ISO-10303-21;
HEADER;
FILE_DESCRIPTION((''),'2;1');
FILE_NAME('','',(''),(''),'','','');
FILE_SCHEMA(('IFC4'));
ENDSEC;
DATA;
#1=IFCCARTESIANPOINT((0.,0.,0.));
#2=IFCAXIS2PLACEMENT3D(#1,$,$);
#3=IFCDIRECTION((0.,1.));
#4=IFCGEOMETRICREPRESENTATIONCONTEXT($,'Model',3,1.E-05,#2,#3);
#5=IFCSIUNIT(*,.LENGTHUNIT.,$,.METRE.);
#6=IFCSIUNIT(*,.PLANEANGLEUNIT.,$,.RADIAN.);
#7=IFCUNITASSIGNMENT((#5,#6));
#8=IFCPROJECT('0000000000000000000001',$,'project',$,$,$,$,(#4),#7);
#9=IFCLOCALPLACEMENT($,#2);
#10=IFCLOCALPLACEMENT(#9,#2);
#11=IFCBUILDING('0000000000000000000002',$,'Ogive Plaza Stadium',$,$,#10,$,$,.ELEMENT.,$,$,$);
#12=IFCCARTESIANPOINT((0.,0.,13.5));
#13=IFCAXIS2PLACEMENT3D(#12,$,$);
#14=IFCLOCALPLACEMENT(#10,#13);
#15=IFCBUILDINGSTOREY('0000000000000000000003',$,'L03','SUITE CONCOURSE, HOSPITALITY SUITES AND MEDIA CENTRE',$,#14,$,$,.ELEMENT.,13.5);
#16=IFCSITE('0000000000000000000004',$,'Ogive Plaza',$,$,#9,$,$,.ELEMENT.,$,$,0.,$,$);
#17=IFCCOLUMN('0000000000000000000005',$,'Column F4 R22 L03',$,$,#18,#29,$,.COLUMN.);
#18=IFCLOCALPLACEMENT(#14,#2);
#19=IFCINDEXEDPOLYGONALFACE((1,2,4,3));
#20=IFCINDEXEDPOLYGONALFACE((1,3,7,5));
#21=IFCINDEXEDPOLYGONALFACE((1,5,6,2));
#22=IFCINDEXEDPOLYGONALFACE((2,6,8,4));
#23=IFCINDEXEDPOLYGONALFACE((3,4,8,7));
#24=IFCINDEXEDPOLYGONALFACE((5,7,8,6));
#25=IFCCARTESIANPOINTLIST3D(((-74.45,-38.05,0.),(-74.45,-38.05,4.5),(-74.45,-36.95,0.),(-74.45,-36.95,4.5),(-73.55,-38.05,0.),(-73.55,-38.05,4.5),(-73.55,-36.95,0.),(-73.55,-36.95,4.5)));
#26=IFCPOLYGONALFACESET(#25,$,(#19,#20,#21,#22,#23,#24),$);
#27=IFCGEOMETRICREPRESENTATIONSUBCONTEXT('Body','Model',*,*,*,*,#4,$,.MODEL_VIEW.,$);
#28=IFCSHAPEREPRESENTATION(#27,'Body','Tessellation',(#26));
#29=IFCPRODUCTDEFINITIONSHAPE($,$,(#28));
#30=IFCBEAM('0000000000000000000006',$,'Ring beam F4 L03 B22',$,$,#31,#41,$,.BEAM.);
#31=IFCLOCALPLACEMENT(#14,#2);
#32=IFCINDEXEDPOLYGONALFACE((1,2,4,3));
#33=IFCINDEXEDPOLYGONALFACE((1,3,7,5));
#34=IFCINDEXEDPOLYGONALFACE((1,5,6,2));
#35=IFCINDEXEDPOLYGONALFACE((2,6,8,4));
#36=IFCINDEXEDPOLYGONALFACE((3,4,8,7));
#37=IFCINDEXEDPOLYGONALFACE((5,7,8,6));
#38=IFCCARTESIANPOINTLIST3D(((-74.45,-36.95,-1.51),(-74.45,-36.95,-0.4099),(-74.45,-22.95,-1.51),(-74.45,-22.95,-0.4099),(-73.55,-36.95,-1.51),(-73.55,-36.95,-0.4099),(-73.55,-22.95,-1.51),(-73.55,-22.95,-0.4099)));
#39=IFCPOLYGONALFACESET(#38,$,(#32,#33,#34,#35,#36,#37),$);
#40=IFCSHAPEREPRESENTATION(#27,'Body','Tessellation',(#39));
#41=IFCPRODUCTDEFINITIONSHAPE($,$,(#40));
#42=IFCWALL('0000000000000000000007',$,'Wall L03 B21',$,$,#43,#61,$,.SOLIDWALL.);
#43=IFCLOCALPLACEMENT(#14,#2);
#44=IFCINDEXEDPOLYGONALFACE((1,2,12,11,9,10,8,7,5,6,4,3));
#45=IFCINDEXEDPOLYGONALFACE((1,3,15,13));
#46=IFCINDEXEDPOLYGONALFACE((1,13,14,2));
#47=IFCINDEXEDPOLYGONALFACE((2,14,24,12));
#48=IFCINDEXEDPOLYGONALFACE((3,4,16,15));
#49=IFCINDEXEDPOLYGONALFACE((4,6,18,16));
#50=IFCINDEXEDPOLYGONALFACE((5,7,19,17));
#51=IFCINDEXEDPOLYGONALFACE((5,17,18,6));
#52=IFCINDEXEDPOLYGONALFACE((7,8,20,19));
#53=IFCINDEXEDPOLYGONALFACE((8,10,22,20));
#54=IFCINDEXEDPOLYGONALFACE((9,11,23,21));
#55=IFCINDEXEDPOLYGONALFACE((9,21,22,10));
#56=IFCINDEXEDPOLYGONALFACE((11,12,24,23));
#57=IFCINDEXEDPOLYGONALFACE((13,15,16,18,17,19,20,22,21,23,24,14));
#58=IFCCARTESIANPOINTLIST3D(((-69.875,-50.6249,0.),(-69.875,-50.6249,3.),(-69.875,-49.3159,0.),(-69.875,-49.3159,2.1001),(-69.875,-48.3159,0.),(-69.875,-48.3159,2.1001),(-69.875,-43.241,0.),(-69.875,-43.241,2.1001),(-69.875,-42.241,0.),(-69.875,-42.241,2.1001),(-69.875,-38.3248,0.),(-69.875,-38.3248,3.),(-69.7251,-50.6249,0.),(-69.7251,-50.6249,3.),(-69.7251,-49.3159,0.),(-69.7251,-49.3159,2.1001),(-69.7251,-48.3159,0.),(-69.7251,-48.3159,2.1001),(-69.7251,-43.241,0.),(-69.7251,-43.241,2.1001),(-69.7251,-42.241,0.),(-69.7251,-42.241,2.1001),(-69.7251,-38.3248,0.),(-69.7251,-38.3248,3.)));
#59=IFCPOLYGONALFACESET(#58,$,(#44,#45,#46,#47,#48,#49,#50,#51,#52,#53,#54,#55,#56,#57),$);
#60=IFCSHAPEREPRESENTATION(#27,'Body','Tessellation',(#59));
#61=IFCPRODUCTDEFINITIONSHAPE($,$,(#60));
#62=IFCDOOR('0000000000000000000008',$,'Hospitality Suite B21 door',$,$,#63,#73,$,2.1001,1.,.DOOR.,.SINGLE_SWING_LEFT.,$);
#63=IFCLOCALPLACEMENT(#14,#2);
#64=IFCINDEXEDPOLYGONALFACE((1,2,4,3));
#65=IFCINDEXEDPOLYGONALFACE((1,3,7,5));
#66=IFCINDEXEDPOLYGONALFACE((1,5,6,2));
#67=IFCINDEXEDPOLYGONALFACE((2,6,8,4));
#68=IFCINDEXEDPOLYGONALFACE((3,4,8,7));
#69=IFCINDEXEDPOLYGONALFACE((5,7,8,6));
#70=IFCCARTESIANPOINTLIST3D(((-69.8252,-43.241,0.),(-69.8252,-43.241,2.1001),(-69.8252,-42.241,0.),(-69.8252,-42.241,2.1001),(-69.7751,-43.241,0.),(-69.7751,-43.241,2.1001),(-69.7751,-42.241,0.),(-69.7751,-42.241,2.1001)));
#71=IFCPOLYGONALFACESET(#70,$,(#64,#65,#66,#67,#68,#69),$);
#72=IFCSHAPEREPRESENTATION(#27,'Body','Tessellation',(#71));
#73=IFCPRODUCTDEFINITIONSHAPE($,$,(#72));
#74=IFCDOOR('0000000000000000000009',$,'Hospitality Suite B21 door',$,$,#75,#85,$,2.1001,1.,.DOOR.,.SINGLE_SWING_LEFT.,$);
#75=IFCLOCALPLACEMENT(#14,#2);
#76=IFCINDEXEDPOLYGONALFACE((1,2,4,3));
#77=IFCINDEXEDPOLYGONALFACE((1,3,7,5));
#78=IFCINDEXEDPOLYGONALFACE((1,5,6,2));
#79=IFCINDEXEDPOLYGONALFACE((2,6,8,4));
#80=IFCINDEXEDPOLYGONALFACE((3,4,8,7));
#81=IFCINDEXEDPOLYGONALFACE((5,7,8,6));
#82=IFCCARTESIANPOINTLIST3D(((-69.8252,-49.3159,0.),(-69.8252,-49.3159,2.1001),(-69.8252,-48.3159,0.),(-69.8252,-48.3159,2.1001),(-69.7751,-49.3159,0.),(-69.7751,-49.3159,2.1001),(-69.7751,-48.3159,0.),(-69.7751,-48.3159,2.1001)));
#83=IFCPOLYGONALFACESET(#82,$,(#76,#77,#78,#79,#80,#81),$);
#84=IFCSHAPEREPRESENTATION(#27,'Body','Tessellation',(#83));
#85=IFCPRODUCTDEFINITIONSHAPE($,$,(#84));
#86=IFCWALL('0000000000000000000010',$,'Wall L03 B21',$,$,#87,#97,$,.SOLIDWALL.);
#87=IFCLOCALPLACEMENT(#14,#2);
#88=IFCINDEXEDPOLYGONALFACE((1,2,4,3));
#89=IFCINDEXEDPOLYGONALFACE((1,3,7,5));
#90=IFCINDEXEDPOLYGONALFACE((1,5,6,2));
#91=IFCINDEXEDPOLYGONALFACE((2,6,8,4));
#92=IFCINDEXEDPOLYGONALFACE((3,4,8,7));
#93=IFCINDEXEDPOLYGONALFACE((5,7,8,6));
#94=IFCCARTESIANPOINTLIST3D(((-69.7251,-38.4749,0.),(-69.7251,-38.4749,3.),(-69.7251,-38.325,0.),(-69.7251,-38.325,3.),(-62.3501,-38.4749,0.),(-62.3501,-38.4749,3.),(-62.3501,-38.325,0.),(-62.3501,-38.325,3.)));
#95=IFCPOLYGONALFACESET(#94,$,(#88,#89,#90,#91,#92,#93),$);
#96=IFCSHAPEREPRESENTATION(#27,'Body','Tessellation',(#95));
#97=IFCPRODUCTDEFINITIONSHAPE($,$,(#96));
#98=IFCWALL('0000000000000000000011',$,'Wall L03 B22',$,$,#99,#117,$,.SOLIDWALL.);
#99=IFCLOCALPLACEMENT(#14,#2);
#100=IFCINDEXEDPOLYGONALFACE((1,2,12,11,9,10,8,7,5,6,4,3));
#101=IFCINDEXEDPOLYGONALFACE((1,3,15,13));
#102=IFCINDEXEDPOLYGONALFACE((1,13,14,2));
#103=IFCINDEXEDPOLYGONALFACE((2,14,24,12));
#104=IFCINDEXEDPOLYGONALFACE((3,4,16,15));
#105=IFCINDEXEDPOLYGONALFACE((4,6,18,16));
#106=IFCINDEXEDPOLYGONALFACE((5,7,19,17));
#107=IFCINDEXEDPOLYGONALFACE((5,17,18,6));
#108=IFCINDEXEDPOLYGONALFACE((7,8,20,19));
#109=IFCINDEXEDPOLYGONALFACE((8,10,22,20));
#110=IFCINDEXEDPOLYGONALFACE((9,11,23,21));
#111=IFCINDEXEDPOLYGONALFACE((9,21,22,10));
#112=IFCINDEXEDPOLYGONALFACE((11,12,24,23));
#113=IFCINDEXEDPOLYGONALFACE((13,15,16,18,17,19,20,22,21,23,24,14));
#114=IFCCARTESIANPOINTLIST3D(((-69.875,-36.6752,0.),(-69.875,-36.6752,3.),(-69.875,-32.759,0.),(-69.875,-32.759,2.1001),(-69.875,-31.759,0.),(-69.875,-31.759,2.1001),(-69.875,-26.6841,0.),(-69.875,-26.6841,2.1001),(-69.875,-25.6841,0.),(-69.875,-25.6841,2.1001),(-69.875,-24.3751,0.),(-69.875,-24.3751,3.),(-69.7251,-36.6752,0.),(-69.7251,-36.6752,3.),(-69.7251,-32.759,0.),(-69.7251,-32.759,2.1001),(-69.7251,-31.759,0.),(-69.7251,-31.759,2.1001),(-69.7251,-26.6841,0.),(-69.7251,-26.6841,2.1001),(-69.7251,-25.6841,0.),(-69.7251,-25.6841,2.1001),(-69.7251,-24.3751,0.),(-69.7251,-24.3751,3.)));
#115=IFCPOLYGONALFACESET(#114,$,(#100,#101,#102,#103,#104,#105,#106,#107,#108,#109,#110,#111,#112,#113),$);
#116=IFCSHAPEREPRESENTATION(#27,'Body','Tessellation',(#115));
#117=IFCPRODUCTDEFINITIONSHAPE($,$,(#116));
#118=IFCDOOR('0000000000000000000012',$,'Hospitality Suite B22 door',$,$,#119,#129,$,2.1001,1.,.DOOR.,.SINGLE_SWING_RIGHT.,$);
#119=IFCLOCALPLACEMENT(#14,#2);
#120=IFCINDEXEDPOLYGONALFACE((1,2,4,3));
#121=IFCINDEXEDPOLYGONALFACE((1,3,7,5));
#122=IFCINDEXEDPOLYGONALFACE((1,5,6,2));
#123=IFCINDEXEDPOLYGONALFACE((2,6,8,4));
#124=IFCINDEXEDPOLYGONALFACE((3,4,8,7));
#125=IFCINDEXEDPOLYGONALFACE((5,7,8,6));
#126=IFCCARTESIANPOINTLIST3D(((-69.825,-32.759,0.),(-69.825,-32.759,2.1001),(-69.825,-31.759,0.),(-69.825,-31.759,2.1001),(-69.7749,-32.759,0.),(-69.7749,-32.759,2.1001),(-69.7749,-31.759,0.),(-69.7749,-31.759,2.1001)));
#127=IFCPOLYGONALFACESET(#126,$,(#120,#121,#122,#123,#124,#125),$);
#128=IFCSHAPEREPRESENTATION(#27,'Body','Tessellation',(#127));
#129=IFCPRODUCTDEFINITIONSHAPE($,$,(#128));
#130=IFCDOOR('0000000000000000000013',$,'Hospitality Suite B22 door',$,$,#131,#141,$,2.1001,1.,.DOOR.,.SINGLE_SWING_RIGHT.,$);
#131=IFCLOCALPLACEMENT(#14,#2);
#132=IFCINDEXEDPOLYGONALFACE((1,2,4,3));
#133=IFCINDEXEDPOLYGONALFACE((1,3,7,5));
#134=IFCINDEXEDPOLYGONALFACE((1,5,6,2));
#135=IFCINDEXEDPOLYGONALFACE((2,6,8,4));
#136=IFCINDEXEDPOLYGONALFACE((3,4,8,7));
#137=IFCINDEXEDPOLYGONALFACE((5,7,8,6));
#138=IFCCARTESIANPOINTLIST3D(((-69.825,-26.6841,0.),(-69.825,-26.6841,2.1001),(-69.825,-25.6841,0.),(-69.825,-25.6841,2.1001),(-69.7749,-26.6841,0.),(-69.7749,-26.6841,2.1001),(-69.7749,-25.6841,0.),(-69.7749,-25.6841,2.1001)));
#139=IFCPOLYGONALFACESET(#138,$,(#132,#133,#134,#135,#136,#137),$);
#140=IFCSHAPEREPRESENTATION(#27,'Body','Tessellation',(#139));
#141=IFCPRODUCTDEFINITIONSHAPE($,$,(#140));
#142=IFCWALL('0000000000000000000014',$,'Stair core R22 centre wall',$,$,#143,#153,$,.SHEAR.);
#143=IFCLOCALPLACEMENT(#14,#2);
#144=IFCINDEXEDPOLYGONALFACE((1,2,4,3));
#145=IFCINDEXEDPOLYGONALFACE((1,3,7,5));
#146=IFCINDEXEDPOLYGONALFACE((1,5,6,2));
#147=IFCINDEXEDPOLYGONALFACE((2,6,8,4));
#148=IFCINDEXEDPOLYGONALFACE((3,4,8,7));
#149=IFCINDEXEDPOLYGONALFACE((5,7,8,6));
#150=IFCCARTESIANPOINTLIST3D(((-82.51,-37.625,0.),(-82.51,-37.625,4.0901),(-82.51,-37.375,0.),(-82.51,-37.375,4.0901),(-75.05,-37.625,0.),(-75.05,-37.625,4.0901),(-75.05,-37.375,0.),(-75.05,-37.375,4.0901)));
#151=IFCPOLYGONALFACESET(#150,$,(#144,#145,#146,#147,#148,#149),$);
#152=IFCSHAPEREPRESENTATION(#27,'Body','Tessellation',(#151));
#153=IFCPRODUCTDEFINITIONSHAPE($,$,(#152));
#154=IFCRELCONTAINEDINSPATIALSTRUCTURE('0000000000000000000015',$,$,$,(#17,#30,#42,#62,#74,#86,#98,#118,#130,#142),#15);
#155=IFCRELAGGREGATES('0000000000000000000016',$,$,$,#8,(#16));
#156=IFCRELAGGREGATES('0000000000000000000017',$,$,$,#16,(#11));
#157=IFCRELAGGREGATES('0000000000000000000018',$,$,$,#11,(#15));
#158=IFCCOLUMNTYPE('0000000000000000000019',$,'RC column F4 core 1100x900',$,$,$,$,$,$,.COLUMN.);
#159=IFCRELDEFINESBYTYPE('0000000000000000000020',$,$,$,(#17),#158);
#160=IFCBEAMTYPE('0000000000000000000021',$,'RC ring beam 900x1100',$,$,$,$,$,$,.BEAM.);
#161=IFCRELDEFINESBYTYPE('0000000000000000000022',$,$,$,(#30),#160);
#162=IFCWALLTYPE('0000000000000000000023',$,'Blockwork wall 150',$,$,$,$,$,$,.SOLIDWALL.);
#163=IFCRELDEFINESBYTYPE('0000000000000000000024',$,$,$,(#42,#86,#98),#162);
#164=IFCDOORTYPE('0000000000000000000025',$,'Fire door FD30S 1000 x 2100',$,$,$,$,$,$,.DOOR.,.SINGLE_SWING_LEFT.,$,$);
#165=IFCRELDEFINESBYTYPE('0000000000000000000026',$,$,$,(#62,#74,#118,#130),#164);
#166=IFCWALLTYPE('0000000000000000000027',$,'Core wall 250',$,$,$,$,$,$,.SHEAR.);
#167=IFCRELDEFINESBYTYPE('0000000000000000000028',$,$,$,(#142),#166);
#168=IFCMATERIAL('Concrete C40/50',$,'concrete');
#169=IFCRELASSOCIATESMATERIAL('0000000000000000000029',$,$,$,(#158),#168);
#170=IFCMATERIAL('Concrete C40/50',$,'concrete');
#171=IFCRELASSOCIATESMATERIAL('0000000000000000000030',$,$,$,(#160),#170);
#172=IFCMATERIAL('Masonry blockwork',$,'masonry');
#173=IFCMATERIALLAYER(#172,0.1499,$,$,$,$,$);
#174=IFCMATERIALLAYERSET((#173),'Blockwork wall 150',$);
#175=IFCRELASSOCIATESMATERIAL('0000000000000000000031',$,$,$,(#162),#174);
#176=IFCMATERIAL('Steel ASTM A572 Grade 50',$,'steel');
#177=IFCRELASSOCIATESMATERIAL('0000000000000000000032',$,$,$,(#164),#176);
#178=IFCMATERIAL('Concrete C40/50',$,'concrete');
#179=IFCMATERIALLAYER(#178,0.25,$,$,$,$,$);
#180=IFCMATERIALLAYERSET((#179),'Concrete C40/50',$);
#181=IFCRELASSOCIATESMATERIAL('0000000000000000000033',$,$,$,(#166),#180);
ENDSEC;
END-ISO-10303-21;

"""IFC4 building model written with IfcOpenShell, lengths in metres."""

from ifc_helpers import new_model, si_unit, direction, frame, frame_2d, origin, origin_2d, place, context, subcontext, project, spatial, rectangle, extrude, material, layer, layer_set, material_profile, profile_set, type_object, element, fill, save


model = new_model("IFC4")

# Units and contexts
model_context = context("Model", 3, precision=1e-05, world=origin(), true_north=direction((0.0, 1.0)))
body_context = subcontext(model_context, "Body", "Model", "MODEL_VIEW")
ifc_project = project(units=[si_unit("LENGTHUNIT", "METRE"), si_unit("PLANEANGLEUNIT", "RADIAN")], contexts=[model_context])

# Site, building, storey
site_placement = place(None, origin())
site = spatial("IfcSite", under=ifc_project, at=site_placement, Name="Ogive Plaza", CompositionType="ELEMENT", RefElevation=0.0)
building_placement = place(site_placement, origin())
building = spatial("IfcBuilding", under=site, at=building_placement, Name="Ogive Plaza Stadium", CompositionType="ELEMENT")
storey_placement = place(building_placement, frame((0.0, 0.0, 13.5)))
storey = spatial("IfcBuildingStorey", under=building, at=storey_placement, Name="L03", Description="SUITE CONCOURSE, HOSPITALITY SUITES AND MEDIA CENTRE", CompositionType="ELEMENT", Elevation=13.5)

# Column
ifc_material_1 = material(Name="Concrete C40/50", Category="concrete")
ifc_material_profile_1 = material_profile(ifc_material_1, rectangle(XDim=1.1001, YDim=0.8999, at=origin_2d()), Name="RC 1100x900")
ifc_profile_set_1 = profile_set([ifc_material_profile_1], Name="Concrete C40/50")
column_type = type_object("IfcColumnType", Name="RC column F4 core 1100x900", PredefinedType="COLUMN", material=ifc_profile_set_1)
column_placement = place(storey_placement, frame((-74.0, -37.5, 0.0), z_axis=(0.0, 0.0, 1.0), x_axis=(0.0, -1.0, 0.0)))
element("IfcColumn", 1, at=column_placement, inside=storey, type_object=column_type, Name="Column F4 R22 L03", PredefinedType="COLUMN", context=body_context, shape_type="SweptSolid", body=[
    extrude(rectangle(XDim=1.1001, YDim=0.8999, at=origin_2d()), origin(), (0.0, 0.0, 1.0), 4.5),
])

# Beam
ifc_material_2 = material(Name="Concrete C40/50", Category="concrete")
ifc_material_profile_2 = material_profile(ifc_material_2, rectangle(XDim=0.8999, YDim=1.1001, at=origin_2d()), Name="RC 900x1100")
ifc_profile_set_2 = profile_set([ifc_material_profile_2], Name="Concrete C40/50")
beam_type = type_object("IfcBeamType", Name="RC ring beam 900x1100", PredefinedType="BEAM", material=ifc_profile_set_2)
beam_placement = place(storey_placement, frame((-74.0, -36.95, -0.96), z_axis=(0.0, 1.0, 0.0), x_axis=(-1.0, 0.0, 0.0)))
element("IfcBeam", 2, at=beam_placement, inside=storey, type_object=beam_type, Name="Ring beam F4 L03 B22", PredefinedType="BEAM", context=body_context, shape_type="SweptSolid", body=[
    extrude(rectangle(XDim=0.8999, YDim=1.1001, at=origin_2d()), origin(), (0.0, 0.0, 1.0), 14.0),
])

# Wall, openings, doors
ifc_material_3 = material(Name="Masonry blockwork", Category="masonry")
ifc_layer_1 = layer(ifc_material_3, 0.1499)
ifc_layer_set_1 = layer_set([ifc_layer_1], Name="Blockwork wall 150")
wall_type_1 = type_object("IfcWallType", Name="Blockwork wall 150", PredefinedType="SOLIDWALL", material=ifc_layer_set_1)
wall_1_placement = place(storey_placement, frame((-69.8, -38.325, 0.0), z_axis=(0.0, 0.0, 1.0), x_axis=(0.0, -1.0, 0.0)))
wall_1 = element("IfcWall", 3, at=wall_1_placement, inside=storey, type_object=wall_type_1, Name="Wall L03 B21", PredefinedType="SOLIDWALL", context=body_context, shape_type="SweptSolid", body=[
    extrude(rectangle(XDim=12.3, YDim=0.1499, at=frame_2d((6.1499, 0.0))), origin(), (0.0, 0.0, 1.0), 3.0),
])
opening_1_placement = place(wall_1_placement, frame((3.916, 0.0, 0.0)))
opening_1 = element("IfcOpeningElement", 4, at=opening_1_placement, cuts=wall_1, PredefinedType="OPENING", context=body_context, shape_type="SweptSolid", body=[
    extrude(rectangle(XDim=1.0, YDim=2.1001, at=frame_2d((0.5, 1.05))), frame((0.0, 0.075, 0.0), z_axis=(0.0, -1.0, 0.0), x_axis=(1.0, 0.0, 0.0)), (0.0, 0.0, 1.0), 0.1499),
])
opening_2_placement = place(wall_1_placement, frame((9.991, 0.0, 0.0)))
opening_2 = element("IfcOpeningElement", 5, at=opening_2_placement, cuts=wall_1, PredefinedType="OPENING", context=body_context, shape_type="SweptSolid", body=[
    extrude(rectangle(XDim=1.0, YDim=2.1001, at=frame_2d((0.5, 1.05))), frame((0.0, 0.075, 0.0), z_axis=(0.0, -1.0, 0.0), x_axis=(1.0, 0.0, 0.0)), (0.0, 0.0, 1.0), 0.1499),
])
ifc_material_4 = material(Name="Steel ASTM A572 Grade 50", Category="steel")
door_type_1 = type_object("IfcDoorType", Name="Fire door FD30S 1000 x 2100", OperationType="SINGLE_SWING_LEFT", PredefinedType="DOOR", material=ifc_material_4)
door_1_placement = place(opening_1_placement, origin())
door_1 = element("IfcDoor", 6, at=door_1_placement, inside=storey, type_object=door_type_1, Name="Hospitality Suite B21 door", OperationType="SINGLE_SWING_LEFT", OverallHeight=2.1001, OverallWidth=1.0, PredefinedType="DOOR", context=body_context, shape_type="SweptSolid", body=[
    extrude(rectangle(XDim=1.0, YDim=2.1001, at=frame_2d((0.5, 1.05))), frame((0.0, 0.0249, 0.0), z_axis=(0.0, -1.0, 0.0), x_axis=(1.0, 0.0, 0.0)), (0.0, 0.0, 1.0), 0.05),
])
fill(opening_1, door_1)
door_2_placement = place(opening_2_placement, origin())
door_2 = element("IfcDoor", 7, at=door_2_placement, inside=storey, type_object=door_type_1, Name="Hospitality Suite B21 door", OperationType="SINGLE_SWING_LEFT", OverallHeight=2.1001, OverallWidth=1.0, PredefinedType="DOOR", context=body_context, shape_type="SweptSolid", body=[
    extrude(rectangle(XDim=1.0, YDim=2.1001, at=frame_2d((0.5, 1.05))), frame((0.0, 0.0249, 0.0), z_axis=(0.0, -1.0, 0.0), x_axis=(1.0, 0.0, 0.0)), (0.0, 0.0, 1.0), 0.05),
])
fill(opening_2, door_2)

# Wall
wall_2_placement = place(storey_placement, frame((-62.3501, -38.3999, 0.0), z_axis=(0.0, 0.0, 1.0), x_axis=(-1.0, 0.0, 0.0)))
element("IfcWall", 8, at=wall_2_placement, inside=storey, type_object=wall_type_1, Name="Wall L03 B21", PredefinedType="SOLIDWALL", context=body_context, shape_type="SweptSolid", body=[
    extrude(rectangle(XDim=7.375, YDim=0.1499, at=frame_2d((3.6875, 0.0))), origin(), (0.0, 0.0, 1.0), 3.0),
])

# Wall, openings, doors
wall_3_placement = place(storey_placement, frame((-69.8, -36.675, 0.0), z_axis=(0.0, 0.0, 1.0), x_axis=(0.0, 1.0, 0.0)))
wall_3 = element("IfcWall", 9, at=wall_3_placement, inside=storey, type_object=wall_type_1, Name="Wall L03 B22", PredefinedType="SOLIDWALL", context=body_context, shape_type="SweptSolid", body=[
    extrude(rectangle(XDim=12.3, YDim=0.1499, at=frame_2d((6.1499, 0.0))), origin(), (0.0, 0.0, 1.0), 3.0),
])
opening_3_placement = place(wall_3_placement, frame((3.916, 0.0, 0.0)))
opening_3 = element("IfcOpeningElement", 10, at=opening_3_placement, cuts=wall_3, PredefinedType="OPENING", context=body_context, shape_type="SweptSolid", body=[
    extrude(rectangle(XDim=1.0, YDim=2.1001, at=frame_2d((0.5, 1.05))), frame((0.0, 0.075, 0.0), z_axis=(0.0, -1.0, 0.0), x_axis=(1.0, 0.0, 0.0)), (0.0, 0.0, 1.0), 0.1499),
])
opening_4_placement = place(wall_3_placement, frame((9.991, 0.0, 0.0)))
opening_4 = element("IfcOpeningElement", 11, at=opening_4_placement, cuts=wall_3, PredefinedType="OPENING", context=body_context, shape_type="SweptSolid", body=[
    extrude(rectangle(XDim=1.0, YDim=2.1001, at=frame_2d((0.5, 1.05))), frame((0.0, 0.075, 0.0), z_axis=(0.0, -1.0, 0.0), x_axis=(1.0, 0.0, 0.0)), (0.0, 0.0, 1.0), 0.1499),
])
door_3_placement = place(opening_3_placement, origin())
door_3 = element("IfcDoor", 12, at=door_3_placement, inside=storey, type_object=door_type_1, Name="Hospitality Suite B22 door", OperationType="SINGLE_SWING_RIGHT", OverallHeight=2.1001, OverallWidth=1.0, PredefinedType="DOOR", context=body_context, shape_type="SweptSolid", body=[
    extrude(rectangle(XDim=1.0, YDim=2.1001, at=frame_2d((0.5, 1.05))), frame((0.0, 0.0249, 0.0), z_axis=(0.0, -1.0, 0.0), x_axis=(1.0, 0.0, 0.0)), (0.0, 0.0, 1.0), 0.05),
])
fill(opening_3, door_3)
door_4_placement = place(opening_4_placement, origin())
door_4 = element("IfcDoor", 13, at=door_4_placement, inside=storey, type_object=door_type_1, Name="Hospitality Suite B22 door", OperationType="SINGLE_SWING_RIGHT", OverallHeight=2.1001, OverallWidth=1.0, PredefinedType="DOOR", context=body_context, shape_type="SweptSolid", body=[
    extrude(rectangle(XDim=1.0, YDim=2.1001, at=frame_2d((0.5, 1.05))), frame((0.0, 0.0249, 0.0), z_axis=(0.0, -1.0, 0.0), x_axis=(1.0, 0.0, 0.0)), (0.0, 0.0, 1.0), 0.05),
])
fill(opening_4, door_4)

# Wall
ifc_material_5 = material(Name="Concrete C40/50", Category="concrete")
ifc_layer_2 = layer(ifc_material_5, 0.25)
ifc_layer_set_2 = layer_set([ifc_layer_2], Name="Concrete C40/50")
wall_type_2 = type_object("IfcWallType", Name="Core wall 250", PredefinedType="SHEAR", material=ifc_layer_set_2)
wall_4_placement = place(storey_placement, frame((-75.05, -37.5, 0.0), z_axis=(0.0, 0.0, 1.0), x_axis=(-1.0, 0.0, 0.0)))
element("IfcWall", 14, at=wall_4_placement, inside=storey, type_object=wall_type_2, Name="Stair core R22 centre wall", PredefinedType="SHEAR", context=body_context, shape_type="SweptSolid", body=[
    extrude(rectangle(XDim=7.46, YDim=0.25, at=frame_2d((3.73, 0.0))), origin(), (0.0, 0.0, 1.0), 4.0901),
])

save(model, "model.ifc")
